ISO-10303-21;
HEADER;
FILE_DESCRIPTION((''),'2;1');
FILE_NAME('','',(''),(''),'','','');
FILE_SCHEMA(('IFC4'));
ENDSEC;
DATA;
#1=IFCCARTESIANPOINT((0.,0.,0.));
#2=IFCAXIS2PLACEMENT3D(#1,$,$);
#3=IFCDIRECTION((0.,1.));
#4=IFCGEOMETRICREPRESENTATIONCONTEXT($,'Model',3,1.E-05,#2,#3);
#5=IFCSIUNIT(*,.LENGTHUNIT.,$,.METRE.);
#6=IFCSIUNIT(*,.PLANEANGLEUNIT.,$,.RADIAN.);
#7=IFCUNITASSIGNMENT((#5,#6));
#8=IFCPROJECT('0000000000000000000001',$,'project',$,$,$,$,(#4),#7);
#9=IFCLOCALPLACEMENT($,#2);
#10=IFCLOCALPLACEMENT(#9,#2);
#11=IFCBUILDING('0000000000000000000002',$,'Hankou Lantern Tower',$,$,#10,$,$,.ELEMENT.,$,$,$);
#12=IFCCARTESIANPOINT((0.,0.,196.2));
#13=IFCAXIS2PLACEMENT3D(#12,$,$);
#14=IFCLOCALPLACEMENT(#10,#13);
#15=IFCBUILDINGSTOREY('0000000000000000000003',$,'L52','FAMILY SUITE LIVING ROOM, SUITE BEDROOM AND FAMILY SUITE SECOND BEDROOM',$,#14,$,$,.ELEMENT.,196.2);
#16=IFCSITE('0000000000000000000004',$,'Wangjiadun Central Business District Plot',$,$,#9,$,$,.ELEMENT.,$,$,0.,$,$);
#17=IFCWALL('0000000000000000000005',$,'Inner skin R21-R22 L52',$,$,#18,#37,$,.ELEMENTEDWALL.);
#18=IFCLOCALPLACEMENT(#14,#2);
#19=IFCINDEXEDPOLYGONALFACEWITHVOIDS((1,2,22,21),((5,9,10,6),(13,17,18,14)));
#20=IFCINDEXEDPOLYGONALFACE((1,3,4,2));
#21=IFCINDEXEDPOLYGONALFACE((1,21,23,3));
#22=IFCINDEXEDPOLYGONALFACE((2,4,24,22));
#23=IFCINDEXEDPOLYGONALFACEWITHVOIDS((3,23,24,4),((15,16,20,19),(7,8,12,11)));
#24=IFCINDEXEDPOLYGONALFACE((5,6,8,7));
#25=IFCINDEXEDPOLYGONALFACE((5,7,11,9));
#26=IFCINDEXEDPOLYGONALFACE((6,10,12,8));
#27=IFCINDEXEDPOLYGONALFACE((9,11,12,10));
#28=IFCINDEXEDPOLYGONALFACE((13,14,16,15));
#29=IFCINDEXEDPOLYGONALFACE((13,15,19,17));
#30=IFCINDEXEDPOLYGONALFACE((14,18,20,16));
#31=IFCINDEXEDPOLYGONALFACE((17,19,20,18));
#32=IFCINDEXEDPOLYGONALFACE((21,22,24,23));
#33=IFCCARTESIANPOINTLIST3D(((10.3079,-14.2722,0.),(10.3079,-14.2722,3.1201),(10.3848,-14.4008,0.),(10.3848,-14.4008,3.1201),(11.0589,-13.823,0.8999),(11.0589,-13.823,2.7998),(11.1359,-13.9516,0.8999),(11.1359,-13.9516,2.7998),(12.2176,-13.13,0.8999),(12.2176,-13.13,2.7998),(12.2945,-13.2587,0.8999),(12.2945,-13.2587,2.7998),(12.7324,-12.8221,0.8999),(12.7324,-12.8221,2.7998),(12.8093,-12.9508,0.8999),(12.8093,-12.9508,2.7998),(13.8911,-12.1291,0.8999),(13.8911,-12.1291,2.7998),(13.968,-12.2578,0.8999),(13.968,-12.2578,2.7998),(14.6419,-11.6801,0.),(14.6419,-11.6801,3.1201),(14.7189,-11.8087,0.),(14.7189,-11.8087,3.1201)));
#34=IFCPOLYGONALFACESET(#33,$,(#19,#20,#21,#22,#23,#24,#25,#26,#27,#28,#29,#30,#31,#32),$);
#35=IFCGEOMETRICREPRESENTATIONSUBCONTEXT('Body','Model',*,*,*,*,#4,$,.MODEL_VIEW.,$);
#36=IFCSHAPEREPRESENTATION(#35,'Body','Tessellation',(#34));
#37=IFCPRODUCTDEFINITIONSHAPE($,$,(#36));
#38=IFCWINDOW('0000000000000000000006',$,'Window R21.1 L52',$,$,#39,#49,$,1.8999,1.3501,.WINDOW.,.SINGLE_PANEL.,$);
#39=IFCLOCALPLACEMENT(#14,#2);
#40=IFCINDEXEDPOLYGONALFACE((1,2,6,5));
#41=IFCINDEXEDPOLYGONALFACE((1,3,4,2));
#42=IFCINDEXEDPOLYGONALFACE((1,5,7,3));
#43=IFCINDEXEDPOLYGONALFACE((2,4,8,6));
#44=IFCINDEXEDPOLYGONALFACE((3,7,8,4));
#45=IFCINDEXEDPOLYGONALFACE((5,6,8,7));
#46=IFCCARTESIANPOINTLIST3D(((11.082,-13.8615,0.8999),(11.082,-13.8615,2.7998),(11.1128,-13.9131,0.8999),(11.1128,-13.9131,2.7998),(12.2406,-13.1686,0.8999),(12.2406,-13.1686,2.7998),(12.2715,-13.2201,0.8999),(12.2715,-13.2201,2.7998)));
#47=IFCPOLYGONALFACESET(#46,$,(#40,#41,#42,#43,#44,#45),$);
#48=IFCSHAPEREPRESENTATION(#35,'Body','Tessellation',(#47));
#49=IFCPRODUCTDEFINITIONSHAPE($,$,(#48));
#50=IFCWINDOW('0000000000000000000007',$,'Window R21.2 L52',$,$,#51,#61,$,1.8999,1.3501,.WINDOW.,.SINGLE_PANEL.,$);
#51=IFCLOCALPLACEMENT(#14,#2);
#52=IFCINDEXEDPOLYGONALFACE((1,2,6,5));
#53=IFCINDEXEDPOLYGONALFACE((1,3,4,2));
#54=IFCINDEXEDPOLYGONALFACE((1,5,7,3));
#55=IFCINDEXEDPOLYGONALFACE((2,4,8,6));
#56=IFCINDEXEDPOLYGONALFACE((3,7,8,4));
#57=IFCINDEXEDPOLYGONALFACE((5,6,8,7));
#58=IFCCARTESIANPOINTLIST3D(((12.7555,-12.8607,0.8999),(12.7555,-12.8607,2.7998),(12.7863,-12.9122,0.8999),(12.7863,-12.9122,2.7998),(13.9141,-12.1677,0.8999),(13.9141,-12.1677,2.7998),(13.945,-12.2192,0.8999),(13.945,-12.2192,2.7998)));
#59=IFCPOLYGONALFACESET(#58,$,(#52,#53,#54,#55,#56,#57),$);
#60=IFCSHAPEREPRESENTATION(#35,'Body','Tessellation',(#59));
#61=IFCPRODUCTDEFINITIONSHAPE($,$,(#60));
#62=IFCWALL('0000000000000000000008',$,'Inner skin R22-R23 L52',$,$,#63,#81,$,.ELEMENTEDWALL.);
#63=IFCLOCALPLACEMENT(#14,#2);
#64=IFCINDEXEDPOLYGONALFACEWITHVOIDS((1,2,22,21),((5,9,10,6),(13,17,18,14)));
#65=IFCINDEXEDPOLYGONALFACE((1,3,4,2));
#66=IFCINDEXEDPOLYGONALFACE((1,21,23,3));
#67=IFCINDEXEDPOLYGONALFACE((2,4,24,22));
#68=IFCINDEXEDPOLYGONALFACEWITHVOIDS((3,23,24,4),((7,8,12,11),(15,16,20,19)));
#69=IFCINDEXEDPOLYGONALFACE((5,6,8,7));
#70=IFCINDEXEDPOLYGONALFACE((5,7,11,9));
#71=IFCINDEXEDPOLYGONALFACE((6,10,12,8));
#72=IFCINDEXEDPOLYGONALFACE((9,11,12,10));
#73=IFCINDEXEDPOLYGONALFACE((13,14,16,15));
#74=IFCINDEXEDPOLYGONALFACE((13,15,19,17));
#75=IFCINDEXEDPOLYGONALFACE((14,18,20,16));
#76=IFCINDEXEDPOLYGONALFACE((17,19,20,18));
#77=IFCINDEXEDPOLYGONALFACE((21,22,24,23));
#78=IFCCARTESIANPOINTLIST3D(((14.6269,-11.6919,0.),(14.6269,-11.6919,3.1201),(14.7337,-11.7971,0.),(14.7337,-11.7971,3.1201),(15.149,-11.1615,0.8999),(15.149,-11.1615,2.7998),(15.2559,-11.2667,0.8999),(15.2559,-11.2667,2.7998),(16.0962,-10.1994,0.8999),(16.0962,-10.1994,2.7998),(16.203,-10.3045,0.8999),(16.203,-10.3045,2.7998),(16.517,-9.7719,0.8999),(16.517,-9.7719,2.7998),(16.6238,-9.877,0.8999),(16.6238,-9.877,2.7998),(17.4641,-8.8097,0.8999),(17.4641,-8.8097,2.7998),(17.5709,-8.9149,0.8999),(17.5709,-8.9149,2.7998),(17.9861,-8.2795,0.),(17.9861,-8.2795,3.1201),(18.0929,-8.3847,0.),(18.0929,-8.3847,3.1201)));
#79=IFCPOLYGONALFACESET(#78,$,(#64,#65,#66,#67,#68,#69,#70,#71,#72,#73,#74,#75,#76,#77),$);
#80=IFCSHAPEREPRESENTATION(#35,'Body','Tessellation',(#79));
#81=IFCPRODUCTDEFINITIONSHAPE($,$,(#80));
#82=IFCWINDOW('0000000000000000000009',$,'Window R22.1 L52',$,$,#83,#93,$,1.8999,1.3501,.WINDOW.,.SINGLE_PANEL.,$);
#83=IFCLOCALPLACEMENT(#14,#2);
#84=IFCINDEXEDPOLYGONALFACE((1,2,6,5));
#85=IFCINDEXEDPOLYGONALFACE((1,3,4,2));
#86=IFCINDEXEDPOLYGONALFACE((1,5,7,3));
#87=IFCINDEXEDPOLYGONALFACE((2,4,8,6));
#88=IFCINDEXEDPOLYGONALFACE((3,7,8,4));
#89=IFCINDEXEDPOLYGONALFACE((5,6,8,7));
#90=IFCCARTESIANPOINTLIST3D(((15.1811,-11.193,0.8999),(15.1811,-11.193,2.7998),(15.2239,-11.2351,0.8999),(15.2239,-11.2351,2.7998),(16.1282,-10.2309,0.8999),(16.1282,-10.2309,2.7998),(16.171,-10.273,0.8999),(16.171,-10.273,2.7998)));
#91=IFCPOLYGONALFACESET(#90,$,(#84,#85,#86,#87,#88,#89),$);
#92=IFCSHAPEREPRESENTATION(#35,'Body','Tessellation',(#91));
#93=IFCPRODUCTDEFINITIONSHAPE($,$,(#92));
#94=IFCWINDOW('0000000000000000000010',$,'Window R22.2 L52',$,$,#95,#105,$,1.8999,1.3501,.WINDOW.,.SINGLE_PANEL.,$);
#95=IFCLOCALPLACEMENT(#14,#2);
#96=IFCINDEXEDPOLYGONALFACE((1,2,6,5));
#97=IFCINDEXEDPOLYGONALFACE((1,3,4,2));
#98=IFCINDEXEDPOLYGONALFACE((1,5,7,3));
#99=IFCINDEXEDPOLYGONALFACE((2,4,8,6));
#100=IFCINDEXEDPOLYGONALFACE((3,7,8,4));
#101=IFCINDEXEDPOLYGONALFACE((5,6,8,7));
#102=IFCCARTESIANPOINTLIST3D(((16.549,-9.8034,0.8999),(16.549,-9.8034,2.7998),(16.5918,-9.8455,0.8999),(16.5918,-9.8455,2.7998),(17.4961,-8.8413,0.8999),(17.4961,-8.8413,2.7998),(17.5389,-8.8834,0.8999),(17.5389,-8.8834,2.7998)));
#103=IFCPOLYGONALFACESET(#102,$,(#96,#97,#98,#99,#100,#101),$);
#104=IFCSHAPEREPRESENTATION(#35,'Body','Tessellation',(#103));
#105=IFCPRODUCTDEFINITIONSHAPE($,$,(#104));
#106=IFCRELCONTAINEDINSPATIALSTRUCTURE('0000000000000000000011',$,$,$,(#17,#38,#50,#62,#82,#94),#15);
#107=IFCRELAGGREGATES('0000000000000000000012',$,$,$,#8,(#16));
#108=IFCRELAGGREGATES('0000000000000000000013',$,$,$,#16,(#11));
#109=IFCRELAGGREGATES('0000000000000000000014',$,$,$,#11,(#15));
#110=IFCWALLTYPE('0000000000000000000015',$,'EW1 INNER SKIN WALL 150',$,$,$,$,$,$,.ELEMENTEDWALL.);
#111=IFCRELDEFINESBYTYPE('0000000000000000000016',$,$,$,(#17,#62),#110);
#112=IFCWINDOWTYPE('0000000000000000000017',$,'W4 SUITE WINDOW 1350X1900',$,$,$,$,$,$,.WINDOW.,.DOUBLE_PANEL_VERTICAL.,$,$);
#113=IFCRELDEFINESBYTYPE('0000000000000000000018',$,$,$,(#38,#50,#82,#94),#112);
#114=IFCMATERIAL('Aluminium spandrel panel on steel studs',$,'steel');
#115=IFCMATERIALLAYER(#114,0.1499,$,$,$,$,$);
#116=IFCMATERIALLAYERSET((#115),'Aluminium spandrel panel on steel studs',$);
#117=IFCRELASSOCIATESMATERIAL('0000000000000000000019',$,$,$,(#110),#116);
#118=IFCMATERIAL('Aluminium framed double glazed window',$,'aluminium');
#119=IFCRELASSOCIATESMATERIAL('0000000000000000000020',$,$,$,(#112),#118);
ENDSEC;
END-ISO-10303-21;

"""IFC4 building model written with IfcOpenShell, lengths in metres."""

from ifc_helpers import new_model, si_unit, direction, frame, frame_2d, origin, place, context, subcontext, project, spatial, rectangle, extrude, material, layer, layer_set, type_object, element, fill, save


model = new_model("IFC4")

# Units and contexts
model_context = context("Model", 3, precision=1e-05, world=origin(), true_north=direction((0.0, 1.0)))
body_context = subcontext(model_context, "Body", "Model", "MODEL_VIEW")
ifc_project = project(units=[si_unit("LENGTHUNIT", "METRE"), si_unit("PLANEANGLEUNIT", "RADIAN")], contexts=[model_context])

# Site, building, storey
site_placement = place(None, origin())
site = spatial("IfcSite", under=ifc_project, at=site_placement, Name="Wangjiadun Central Business District Plot", CompositionType="ELEMENT", RefElevation=0.0)
building_placement = place(site_placement, origin())
building = spatial("IfcBuilding", under=site, at=building_placement, Name="Hankou Lantern Tower", CompositionType="ELEMENT")
storey_placement = place(building_placement, frame((0.0, 0.0, 196.2)))
storey = spatial("IfcBuildingStorey", under=building, at=storey_placement, Name="L52", Description="FAMILY SUITE LIVING ROOM, SUITE BEDROOM AND FAMILY SUITE SECOND BEDROOM", CompositionType="ELEMENT", Elevation=196.2)

# Walls, openings, windows
ifc_material_1 = material(Name="Aluminium spandrel panel on steel studs", Category="steel")
ifc_layer_1 = layer(ifc_material_1, 0.1499)
ifc_layer_set_1 = layer_set([ifc_layer_1], Name="Aluminium spandrel panel on steel studs")
wall_type_1 = type_object("IfcWallType", Name="EW1 INNER SKIN WALL 150", PredefinedType="ELEMENTEDWALL", material=ifc_layer_set_1)
wall_1_placement = place(storey_placement, frame((10.3464, -14.3364, 0.0), z_axis=(0.0, 0.0, 1.0), x_axis=(0.858222, 0.51328, 0.0)))
wall_1 = element("IfcWall", 1, at=wall_1_placement, inside=storey, type_object=wall_type_1, Name="Inner skin R21-R22 L52", PredefinedType="ELEMENTEDWALL", context=body_context, shape_type="SweptSolid", body=[
    extrude(rectangle(XDim=5.05, YDim=0.1499, at=frame_2d((2.5249, 0.0))), origin(), (0.0, 0.0, 1.0), 3.1201),
])
opening_1_placement = place(wall_1_placement, frame((0.875, 0.0, 0.8999)))
opening_1 = element("IfcOpeningElement", 2, at=opening_1_placement, cuts=wall_1, PredefinedType="OPENING", context=body_context, shape_type="SweptSolid", body=[
    extrude(rectangle(XDim=1.3501, YDim=1.8999, at=frame_2d((0.675, 0.95))), frame((0.0, 0.085, 0.0), z_axis=(0.0, -1.0, 0.0), x_axis=(1.0, 0.0, 0.0)), (0.0, 0.0, 1.0), 0.1699),
])
opening_2_placement = place(wall_1_placement, frame((2.825, 0.0, 0.8999)))
opening_2 = element("IfcOpeningElement", 3, at=opening_2_placement, cuts=wall_1, PredefinedType="OPENING", context=body_context, shape_type="SweptSolid", body=[
    extrude(rectangle(XDim=1.3501, YDim=1.8999, at=frame_2d((0.675, 0.95))), frame((0.0, 0.085, 0.0), z_axis=(0.0, -1.0, 0.0), x_axis=(1.0, 0.0, 0.0)), (0.0, 0.0, 1.0), 0.1699),
])
ifc_material_2 = material(Name="Aluminium framed double glazed window", Category="aluminium")
window_type = type_object("IfcWindowType", Name="W4 SUITE WINDOW 1350X1900", PartitioningType="DOUBLE_PANEL_VERTICAL", PredefinedType="WINDOW", material=ifc_material_2)
window_1_placement = place(opening_1_placement, origin())
window_1 = element("IfcWindow", 4, at=window_1_placement, inside=storey, type_object=window_type, Name="Window R21.1 L52", OverallHeight=1.8999, OverallWidth=1.3501, PartitioningType="SINGLE_PANEL", PredefinedType="WINDOW", context=body_context, shape_type="SweptSolid", body=[
    extrude(rectangle(XDim=1.3501, YDim=1.8999, at=frame_2d((0.675, 0.95))), frame((0.0, 0.03, 0.0), z_axis=(0.0, -1.0, 0.0), x_axis=(1.0, 0.0, 0.0)), (0.0, 0.0, 1.0), 0.0601),
])
fill(opening_1, window_1)
window_2_placement = place(opening_2_placement, origin())
window_2 = element("IfcWindow", 5, at=window_2_placement, inside=storey, type_object=window_type, Name="Window R21.2 L52", OverallHeight=1.8999, OverallWidth=1.3501, PartitioningType="SINGLE_PANEL", PredefinedType="WINDOW", context=body_context, shape_type="SweptSolid", body=[
    extrude(rectangle(XDim=1.3501, YDim=1.8999, at=frame_2d((0.675, 0.95))), frame((0.0, 0.03, 0.0), z_axis=(0.0, -1.0, 0.0), x_axis=(1.0, 0.0, 0.0)), (0.0, 0.0, 1.0), 0.0601),
])
fill(opening_2, window_2)
wall_2_placement = place(storey_placement, frame((14.6804, -11.7444, 0.0), z_axis=(0.0, 0.0, 1.0), x_axis=(0.701527, 0.712643, 0.0)))
wall_2 = element("IfcWall", 6, at=wall_2_placement, inside=storey, type_object=wall_type_1, Name="Inner skin R22-R23 L52", PredefinedType="ELEMENTEDWALL", context=body_context, shape_type="SweptSolid", body=[
    extrude(rectangle(XDim=4.7883, YDim=0.1499, at=frame_2d((2.394, 0.0))), origin(), (0.0, 0.0, 1.0), 3.1201),
])
opening_3_placement = place(wall_2_placement, frame((0.7441, 0.0, 0.8999)))
opening_3 = element("IfcOpeningElement", 7, at=opening_3_placement, cuts=wall_2, PredefinedType="OPENING", context=body_context, shape_type="SweptSolid", body=[
    extrude(rectangle(XDim=1.3501, YDim=1.8999, at=frame_2d((0.675, 0.95))), frame((0.0, 0.085, 0.0), z_axis=(0.0, -1.0, 0.0), x_axis=(1.0, 0.0, 0.0)), (0.0, 0.0, 1.0), 0.1699),
])
opening_4_placement = place(wall_2_placement, frame((2.6941, 0.0, 0.8999)))
opening_4 = element("IfcOpeningElement", 8, at=opening_4_placement, cuts=wall_2, PredefinedType="OPENING", context=body_context, shape_type="SweptSolid", body=[
    extrude(rectangle(XDim=1.3501, YDim=1.8999, at=frame_2d((0.675, 0.95))), frame((0.0, 0.085, 0.0), z_axis=(0.0, -1.0, 0.0), x_axis=(1.0, 0.0, 0.0)), (0.0, 0.0, 1.0), 0.1699),
])
window_3_placement = place(opening_3_placement, origin())
window_3 = element("IfcWindow", 9, at=window_3_placement, inside=storey, type_object=window_type, Name="Window R22.1 L52", OverallHeight=1.8999, OverallWidth=1.3501, PartitioningType="SINGLE_PANEL", PredefinedType="WINDOW", context=body_context, shape_type="SweptSolid", body=[
    extrude(rectangle(XDim=1.3501, YDim=1.8999, at=frame_2d((0.675, 0.95))), frame((0.0, 0.03, 0.0), z_axis=(0.0, -1.0, 0.0), x_axis=(1.0, 0.0, 0.0)), (0.0, 0.0, 1.0), 0.0601),
])
fill(opening_3, window_3)
window_4_placement = place(opening_4_placement, origin())
window_4 = element("IfcWindow", 10, at=window_4_placement, inside=storey, type_object=window_type, Name="Window R22.2 L52", OverallHeight=1.8999, OverallWidth=1.3501, PartitioningType="SINGLE_PANEL", PredefinedType="WINDOW", context=body_context, shape_type="SweptSolid", body=[
    extrude(rectangle(XDim=1.3501, YDim=1.8999, at=frame_2d((0.675, 0.95))), frame((0.0, 0.03, 0.0), z_axis=(0.0, -1.0, 0.0), x_axis=(1.0, 0.0, 0.0)), (0.0, 0.0, 1.0), 0.0601),
])
fill(opening_4, window_4)

save(model, "model.ifc")
